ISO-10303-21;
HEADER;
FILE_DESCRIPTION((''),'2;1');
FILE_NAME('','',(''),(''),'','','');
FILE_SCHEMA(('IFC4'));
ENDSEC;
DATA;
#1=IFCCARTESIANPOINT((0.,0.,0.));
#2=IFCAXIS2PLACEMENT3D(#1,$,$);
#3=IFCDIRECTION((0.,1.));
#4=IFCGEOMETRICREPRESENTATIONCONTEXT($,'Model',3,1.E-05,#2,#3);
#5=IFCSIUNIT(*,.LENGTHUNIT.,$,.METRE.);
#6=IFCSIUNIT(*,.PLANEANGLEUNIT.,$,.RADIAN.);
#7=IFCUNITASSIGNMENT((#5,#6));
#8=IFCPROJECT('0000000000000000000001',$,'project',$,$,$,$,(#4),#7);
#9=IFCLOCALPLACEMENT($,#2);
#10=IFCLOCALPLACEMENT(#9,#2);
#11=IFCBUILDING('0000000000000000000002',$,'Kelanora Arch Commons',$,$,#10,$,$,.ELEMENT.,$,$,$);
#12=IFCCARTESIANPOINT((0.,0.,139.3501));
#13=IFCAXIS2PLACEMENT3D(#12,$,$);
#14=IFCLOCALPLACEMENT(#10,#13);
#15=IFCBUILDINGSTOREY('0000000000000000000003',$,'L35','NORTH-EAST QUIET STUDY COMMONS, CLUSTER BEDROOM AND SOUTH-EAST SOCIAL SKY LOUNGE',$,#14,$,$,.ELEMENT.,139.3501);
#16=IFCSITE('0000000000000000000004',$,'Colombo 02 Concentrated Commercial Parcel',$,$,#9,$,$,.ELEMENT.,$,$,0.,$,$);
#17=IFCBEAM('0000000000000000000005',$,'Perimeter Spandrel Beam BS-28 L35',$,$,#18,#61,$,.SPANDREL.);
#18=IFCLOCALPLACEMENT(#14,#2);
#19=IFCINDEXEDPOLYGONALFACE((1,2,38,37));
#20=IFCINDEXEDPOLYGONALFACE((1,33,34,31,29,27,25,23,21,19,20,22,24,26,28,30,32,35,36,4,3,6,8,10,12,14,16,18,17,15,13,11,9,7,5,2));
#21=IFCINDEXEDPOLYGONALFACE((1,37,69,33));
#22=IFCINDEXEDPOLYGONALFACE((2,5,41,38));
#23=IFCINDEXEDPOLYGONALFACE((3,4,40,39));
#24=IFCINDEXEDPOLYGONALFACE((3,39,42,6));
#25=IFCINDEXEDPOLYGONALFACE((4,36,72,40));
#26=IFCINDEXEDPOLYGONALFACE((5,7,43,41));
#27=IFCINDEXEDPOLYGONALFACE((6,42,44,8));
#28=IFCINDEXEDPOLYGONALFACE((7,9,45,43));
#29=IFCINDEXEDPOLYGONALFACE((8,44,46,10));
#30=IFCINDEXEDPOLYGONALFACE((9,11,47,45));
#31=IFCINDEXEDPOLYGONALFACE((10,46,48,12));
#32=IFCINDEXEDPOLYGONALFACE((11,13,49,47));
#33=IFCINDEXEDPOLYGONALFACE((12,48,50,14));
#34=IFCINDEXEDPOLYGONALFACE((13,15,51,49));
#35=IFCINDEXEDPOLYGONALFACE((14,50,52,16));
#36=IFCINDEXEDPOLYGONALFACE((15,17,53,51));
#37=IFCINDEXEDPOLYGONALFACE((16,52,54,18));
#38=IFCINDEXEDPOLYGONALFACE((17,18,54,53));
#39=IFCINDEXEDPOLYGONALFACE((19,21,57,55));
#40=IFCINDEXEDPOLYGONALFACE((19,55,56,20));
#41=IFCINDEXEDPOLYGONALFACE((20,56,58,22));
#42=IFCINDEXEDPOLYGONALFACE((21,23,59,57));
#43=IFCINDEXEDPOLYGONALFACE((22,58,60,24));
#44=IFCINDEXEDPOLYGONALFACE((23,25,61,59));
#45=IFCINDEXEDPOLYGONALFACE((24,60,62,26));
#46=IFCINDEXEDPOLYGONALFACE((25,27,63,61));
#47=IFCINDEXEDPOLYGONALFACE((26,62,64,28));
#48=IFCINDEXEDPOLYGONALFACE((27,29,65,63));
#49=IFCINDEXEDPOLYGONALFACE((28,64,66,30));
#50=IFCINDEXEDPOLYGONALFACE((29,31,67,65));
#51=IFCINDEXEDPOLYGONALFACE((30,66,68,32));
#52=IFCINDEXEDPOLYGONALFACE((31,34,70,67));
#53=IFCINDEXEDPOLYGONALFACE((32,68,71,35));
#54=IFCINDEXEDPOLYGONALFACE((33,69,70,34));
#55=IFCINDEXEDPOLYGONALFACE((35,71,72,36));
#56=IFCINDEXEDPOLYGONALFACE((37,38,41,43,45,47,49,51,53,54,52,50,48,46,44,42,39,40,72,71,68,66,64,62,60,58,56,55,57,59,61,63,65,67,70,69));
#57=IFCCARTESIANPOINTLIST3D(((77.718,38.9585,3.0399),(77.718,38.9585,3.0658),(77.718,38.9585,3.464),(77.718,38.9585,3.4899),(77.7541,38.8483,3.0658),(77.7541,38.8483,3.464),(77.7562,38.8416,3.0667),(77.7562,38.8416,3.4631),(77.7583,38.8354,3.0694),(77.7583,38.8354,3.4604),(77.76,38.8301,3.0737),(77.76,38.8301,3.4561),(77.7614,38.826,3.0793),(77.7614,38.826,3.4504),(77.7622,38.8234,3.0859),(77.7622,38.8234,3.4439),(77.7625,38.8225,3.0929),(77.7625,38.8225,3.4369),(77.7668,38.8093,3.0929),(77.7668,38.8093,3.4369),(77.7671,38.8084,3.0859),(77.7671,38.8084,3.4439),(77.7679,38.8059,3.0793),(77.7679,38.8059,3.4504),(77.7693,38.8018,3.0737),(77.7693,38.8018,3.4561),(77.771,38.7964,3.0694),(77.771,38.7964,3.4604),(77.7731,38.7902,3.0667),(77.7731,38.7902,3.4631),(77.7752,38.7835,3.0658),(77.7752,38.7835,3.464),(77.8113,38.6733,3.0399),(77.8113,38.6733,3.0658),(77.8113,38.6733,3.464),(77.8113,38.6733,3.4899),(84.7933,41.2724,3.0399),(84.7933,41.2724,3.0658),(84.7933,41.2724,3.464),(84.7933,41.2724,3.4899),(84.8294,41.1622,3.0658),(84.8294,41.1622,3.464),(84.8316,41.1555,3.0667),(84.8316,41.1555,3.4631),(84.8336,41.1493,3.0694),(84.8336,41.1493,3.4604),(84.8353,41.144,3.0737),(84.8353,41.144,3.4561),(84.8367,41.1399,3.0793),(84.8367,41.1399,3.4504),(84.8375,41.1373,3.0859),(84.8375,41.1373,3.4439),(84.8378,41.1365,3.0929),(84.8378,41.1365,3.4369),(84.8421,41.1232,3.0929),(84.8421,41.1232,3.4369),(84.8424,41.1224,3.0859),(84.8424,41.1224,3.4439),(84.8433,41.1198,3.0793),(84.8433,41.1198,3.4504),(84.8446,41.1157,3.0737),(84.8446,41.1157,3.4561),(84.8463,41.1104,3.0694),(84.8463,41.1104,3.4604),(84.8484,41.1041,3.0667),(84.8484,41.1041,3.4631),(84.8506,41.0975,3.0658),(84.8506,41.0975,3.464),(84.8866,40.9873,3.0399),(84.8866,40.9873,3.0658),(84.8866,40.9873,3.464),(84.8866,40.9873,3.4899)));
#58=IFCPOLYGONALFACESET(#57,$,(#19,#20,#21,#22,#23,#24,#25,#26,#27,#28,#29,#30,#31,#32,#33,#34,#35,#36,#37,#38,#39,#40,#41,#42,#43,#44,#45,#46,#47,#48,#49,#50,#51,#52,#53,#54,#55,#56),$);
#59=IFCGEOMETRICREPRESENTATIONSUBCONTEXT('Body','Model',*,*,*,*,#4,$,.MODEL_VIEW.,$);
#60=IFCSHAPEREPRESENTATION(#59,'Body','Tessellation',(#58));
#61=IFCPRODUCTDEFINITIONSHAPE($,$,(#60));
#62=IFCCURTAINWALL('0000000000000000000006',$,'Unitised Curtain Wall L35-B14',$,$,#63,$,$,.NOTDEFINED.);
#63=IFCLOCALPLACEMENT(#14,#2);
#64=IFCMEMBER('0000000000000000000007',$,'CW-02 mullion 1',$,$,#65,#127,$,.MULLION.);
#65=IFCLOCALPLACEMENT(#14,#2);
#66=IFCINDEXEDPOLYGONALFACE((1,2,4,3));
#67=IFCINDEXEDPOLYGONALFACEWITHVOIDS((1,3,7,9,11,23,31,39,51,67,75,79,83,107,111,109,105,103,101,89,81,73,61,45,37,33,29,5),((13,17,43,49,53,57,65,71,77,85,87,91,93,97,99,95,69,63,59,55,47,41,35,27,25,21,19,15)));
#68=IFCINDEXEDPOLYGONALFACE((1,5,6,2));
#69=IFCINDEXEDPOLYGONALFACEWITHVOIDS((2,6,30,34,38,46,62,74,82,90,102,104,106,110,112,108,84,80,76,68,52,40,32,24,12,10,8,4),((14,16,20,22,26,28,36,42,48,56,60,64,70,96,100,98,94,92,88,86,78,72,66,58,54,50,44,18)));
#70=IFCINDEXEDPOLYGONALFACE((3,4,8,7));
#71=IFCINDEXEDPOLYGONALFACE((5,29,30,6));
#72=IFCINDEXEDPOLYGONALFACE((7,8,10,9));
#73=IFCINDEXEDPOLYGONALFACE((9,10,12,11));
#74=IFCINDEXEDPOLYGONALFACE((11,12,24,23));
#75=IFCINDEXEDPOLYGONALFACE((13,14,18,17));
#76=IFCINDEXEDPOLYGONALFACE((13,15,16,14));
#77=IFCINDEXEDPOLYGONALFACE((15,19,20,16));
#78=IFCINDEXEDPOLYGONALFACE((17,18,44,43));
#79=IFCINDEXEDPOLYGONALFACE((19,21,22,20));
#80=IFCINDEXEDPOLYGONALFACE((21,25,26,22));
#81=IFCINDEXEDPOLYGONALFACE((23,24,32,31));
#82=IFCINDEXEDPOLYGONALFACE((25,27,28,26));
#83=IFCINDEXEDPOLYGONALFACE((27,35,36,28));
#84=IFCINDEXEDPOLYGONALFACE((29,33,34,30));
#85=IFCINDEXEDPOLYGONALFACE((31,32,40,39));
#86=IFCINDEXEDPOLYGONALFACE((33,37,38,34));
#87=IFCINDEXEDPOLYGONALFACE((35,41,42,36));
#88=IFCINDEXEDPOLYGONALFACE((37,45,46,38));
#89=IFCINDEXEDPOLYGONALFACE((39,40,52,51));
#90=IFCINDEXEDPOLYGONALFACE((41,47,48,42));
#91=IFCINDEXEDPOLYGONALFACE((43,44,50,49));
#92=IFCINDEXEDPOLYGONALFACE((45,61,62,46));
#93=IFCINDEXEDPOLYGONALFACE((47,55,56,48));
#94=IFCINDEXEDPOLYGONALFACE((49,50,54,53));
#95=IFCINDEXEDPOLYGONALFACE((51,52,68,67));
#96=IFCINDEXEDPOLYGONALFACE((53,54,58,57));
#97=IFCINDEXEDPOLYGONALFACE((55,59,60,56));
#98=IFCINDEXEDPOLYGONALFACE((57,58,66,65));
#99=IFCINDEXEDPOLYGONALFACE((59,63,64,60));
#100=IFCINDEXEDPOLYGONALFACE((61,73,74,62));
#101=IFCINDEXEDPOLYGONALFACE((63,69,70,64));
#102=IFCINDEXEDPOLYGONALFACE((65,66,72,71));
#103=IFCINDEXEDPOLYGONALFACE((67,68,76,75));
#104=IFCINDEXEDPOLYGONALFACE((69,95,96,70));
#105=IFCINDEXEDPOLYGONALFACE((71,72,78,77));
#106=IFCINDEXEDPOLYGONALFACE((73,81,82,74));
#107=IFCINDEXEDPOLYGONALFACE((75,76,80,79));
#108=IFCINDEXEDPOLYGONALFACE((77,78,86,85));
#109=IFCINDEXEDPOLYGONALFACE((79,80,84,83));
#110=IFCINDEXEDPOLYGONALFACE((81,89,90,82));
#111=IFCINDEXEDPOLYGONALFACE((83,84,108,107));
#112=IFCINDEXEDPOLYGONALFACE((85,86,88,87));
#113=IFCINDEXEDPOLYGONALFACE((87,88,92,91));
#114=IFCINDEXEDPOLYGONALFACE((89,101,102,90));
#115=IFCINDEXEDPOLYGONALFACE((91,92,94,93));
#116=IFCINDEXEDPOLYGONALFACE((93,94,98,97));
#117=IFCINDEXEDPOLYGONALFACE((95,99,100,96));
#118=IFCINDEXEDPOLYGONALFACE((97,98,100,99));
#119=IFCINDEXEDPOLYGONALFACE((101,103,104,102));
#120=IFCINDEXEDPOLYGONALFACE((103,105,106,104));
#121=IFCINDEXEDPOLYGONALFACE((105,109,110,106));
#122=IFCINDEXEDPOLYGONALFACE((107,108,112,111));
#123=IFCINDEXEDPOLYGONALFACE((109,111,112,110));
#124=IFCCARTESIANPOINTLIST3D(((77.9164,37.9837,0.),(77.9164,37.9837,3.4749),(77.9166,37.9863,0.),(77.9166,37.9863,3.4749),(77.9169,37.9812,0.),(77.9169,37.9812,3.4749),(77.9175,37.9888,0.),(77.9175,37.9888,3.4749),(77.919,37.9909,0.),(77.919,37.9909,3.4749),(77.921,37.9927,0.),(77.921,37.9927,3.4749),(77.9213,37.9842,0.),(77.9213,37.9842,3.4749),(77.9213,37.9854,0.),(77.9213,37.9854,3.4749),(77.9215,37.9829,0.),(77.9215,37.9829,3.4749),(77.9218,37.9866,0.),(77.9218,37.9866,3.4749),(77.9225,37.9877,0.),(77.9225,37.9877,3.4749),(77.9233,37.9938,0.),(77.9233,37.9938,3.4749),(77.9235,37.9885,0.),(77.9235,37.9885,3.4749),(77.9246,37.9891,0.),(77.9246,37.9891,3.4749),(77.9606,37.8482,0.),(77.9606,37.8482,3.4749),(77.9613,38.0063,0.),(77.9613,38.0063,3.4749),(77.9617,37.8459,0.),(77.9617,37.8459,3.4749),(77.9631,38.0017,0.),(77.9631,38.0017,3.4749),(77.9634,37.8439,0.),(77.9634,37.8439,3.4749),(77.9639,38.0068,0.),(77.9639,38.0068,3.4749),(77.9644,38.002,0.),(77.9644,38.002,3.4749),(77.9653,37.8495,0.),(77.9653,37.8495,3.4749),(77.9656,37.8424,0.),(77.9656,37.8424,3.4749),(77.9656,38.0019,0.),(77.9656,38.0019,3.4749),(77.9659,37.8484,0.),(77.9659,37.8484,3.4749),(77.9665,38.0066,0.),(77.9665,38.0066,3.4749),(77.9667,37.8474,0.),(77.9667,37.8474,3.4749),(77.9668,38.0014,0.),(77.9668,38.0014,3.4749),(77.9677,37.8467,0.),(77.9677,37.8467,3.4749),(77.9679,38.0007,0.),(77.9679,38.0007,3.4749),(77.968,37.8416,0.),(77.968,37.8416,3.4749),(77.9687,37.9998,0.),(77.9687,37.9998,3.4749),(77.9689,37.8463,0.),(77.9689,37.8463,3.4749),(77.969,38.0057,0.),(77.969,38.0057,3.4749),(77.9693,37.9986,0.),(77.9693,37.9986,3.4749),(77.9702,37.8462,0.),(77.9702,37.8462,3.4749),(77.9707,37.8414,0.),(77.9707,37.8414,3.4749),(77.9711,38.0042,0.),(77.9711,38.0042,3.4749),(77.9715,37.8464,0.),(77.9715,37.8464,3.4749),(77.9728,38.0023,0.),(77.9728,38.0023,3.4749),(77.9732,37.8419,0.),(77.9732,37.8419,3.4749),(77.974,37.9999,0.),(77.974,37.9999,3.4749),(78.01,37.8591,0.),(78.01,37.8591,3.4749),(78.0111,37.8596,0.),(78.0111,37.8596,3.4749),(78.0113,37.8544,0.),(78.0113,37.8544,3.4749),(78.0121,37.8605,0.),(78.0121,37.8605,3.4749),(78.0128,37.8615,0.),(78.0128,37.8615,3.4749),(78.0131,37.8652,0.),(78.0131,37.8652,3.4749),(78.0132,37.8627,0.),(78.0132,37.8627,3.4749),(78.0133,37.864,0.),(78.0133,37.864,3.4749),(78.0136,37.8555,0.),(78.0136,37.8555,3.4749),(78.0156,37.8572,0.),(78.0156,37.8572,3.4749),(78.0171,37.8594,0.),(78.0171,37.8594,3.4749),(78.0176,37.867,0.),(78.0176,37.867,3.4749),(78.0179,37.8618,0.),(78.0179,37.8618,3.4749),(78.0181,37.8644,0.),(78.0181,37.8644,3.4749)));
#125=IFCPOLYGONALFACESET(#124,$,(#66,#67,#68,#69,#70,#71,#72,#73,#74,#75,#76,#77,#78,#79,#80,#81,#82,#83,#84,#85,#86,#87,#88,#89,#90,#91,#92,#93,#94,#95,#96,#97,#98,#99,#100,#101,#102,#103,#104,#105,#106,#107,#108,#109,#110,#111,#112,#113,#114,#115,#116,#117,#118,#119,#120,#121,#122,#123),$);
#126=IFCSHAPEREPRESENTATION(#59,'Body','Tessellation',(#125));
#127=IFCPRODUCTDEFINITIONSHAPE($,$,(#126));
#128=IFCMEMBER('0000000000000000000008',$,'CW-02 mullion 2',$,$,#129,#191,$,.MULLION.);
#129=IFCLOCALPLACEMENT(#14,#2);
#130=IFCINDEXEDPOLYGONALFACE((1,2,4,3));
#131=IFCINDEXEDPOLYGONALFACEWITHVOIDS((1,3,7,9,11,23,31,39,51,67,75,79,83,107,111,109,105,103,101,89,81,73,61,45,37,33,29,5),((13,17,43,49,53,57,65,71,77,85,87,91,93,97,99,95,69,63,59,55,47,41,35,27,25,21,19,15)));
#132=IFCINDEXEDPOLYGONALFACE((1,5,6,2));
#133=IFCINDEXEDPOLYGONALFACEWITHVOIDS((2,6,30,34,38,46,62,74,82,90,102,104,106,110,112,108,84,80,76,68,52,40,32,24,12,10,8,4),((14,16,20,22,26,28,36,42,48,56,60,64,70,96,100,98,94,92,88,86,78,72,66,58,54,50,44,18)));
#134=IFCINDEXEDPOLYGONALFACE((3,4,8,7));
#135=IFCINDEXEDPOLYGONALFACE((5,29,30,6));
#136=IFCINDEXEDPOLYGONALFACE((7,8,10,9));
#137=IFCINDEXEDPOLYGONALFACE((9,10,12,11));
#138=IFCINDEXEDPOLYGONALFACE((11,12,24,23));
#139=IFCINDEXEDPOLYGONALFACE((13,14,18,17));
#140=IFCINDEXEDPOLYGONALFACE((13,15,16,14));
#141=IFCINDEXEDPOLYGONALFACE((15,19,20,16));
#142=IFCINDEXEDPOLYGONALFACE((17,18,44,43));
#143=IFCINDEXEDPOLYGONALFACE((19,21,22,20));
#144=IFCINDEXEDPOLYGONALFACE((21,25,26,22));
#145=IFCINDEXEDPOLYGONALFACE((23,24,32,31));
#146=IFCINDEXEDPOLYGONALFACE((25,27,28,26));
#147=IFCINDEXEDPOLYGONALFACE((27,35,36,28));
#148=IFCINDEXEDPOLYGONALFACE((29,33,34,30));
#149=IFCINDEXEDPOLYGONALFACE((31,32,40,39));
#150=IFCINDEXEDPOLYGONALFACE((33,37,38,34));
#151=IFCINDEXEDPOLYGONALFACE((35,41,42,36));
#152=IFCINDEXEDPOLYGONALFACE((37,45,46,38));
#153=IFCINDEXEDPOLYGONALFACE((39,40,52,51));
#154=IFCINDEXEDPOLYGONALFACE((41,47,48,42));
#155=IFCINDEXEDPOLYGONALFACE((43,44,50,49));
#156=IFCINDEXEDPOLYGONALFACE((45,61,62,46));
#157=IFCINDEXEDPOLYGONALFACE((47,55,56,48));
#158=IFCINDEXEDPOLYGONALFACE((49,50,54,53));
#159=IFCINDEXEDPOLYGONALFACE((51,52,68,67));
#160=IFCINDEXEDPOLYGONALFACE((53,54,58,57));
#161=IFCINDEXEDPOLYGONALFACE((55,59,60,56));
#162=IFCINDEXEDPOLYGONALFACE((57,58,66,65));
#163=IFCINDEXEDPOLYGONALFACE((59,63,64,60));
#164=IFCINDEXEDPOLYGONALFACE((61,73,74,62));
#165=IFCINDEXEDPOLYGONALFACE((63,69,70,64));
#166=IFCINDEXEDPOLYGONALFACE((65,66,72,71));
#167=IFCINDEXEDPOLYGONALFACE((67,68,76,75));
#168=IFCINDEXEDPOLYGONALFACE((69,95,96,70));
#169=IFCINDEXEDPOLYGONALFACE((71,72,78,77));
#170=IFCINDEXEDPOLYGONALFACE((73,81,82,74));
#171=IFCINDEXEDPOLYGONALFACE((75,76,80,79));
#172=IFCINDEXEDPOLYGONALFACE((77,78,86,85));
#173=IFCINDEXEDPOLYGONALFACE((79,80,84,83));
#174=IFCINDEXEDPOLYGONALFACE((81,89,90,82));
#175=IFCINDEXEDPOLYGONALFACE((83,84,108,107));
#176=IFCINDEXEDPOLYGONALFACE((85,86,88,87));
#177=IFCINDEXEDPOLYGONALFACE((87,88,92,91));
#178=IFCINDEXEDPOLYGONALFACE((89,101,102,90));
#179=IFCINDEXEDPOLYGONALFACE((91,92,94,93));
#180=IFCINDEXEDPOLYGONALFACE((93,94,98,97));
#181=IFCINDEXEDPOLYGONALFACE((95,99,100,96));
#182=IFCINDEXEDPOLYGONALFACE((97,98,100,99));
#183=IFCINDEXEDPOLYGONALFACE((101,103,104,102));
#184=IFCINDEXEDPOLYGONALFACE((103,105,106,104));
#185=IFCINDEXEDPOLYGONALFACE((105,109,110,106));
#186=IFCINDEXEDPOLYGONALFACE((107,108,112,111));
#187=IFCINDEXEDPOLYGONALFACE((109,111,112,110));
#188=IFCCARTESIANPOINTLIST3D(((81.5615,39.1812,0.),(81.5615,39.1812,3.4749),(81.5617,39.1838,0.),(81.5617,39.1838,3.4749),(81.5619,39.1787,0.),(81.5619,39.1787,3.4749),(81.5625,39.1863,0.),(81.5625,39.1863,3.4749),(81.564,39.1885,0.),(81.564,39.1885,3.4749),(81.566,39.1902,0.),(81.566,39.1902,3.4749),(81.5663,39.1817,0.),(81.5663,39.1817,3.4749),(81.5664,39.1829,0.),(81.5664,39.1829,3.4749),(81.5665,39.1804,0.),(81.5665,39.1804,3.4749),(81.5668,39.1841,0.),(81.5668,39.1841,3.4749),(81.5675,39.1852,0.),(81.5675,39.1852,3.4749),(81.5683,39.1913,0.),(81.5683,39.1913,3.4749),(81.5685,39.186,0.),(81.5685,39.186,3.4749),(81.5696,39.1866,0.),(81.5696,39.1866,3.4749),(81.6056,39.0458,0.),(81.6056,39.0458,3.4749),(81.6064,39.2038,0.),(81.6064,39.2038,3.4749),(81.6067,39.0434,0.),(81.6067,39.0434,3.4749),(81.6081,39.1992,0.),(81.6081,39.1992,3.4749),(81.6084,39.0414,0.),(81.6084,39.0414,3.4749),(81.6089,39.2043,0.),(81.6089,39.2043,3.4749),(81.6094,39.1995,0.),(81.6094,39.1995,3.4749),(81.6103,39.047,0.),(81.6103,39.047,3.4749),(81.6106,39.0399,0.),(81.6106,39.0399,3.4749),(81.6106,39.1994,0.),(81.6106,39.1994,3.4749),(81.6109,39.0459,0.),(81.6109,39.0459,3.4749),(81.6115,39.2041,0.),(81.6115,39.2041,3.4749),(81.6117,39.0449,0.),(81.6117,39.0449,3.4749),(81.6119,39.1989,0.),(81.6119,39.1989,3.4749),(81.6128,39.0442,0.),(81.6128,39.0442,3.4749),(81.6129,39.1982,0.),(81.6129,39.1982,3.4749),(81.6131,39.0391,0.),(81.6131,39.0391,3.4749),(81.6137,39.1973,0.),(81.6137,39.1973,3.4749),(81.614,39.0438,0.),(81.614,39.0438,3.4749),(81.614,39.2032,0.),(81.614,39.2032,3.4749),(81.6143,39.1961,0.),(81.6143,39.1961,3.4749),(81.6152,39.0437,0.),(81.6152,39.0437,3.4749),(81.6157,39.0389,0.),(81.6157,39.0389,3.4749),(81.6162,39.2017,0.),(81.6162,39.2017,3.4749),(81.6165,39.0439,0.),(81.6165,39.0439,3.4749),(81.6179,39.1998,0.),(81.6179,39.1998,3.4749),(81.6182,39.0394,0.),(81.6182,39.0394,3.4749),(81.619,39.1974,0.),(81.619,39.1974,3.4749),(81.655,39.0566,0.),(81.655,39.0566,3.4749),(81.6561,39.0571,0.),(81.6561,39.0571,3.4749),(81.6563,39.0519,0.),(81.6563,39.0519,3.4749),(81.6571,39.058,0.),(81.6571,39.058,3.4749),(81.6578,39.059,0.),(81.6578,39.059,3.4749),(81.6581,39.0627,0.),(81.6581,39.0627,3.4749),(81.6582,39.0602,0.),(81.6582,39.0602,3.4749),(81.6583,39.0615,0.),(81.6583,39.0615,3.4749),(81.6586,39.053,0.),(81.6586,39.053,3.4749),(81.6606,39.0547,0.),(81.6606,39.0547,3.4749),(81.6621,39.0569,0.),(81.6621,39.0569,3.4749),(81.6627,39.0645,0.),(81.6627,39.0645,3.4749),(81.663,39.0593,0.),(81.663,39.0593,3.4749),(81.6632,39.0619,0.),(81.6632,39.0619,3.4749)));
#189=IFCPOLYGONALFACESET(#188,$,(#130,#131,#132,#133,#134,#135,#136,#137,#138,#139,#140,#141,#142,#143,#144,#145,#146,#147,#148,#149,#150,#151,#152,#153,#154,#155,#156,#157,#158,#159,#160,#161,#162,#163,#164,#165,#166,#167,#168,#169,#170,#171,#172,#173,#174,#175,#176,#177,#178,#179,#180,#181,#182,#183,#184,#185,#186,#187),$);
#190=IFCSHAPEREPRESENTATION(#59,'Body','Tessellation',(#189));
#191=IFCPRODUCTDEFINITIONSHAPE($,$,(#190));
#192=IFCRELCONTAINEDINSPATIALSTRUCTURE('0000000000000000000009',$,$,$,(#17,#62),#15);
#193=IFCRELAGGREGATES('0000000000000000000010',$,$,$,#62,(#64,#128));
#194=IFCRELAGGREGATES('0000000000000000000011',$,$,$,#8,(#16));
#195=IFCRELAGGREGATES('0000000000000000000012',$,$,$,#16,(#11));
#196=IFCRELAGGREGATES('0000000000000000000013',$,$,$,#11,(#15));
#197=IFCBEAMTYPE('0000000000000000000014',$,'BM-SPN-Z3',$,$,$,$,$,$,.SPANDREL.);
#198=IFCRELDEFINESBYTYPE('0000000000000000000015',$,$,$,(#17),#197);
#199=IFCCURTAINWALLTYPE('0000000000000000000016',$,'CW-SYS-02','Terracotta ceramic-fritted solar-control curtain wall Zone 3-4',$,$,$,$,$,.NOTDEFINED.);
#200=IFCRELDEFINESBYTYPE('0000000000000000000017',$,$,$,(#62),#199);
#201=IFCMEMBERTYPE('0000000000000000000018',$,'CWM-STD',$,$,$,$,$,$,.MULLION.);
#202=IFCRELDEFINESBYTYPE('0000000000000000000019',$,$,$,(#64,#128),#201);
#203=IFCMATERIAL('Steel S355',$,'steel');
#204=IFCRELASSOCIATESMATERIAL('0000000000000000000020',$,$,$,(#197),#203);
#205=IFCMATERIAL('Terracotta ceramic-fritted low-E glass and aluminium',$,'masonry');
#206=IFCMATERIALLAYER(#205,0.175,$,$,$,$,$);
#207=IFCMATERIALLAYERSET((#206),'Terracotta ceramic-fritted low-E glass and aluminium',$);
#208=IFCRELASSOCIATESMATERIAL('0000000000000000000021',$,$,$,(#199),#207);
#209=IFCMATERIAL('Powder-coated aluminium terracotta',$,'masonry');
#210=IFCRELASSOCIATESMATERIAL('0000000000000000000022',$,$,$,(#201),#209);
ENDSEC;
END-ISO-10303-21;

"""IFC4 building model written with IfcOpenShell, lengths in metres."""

from ifc_helpers import new_model, si_unit, direction, frame, origin, origin_2d, place, context, subcontext, project, spatial, hollow_rectangle, i_section, extrude, material, layer, layer_set, material_profile, profile_set, type_object, element, aggregate, save


model = new_model("IFC4")

# Units and contexts
model_context = context("Model", 3, precision=1e-05, world=origin(), true_north=direction((0.0, 1.0)))
body_context = subcontext(model_context, "Body", "Model", "MODEL_VIEW")
ifc_project = project(units=[si_unit("LENGTHUNIT", "METRE"), si_unit("PLANEANGLEUNIT", "RADIAN")], contexts=[model_context])

# Site, building, storey
site_placement = place(None, origin())
site = spatial("IfcSite", under=ifc_project, at=site_placement, Name="Colombo 02 Concentrated Commercial Parcel", CompositionType="ELEMENT", RefElevation=0.0)
building_placement = place(site_placement, origin())
building = spatial("IfcBuilding", under=site, at=building_placement, Name="Kelanora Arch Commons", CompositionType="ELEMENT")
storey_placement = place(building_placement, frame((0.0, 0.0, 139.3501)))
storey = spatial("IfcBuildingStorey", under=building, at=storey_placement, Name="L35", Description="NORTH-EAST QUIET STUDY COMMONS, CLUSTER BEDROOM AND SOUTH-EAST SOCIAL SKY LOUNGE", CompositionType="ELEMENT", Elevation=139.3501)

# Beam
ifc_material_1 = material(Name="Steel S355", Category="steel")
ifc_material_profile_1 = material_profile(ifc_material_1, i_section(OverallWidth=0.3, OverallDepth=0.45, WebThickness=0.0139, FlangeThickness=0.0259, FilletRadius=0.0271, at=origin_2d()), Name="HEB450")
ifc_profile_set_1 = profile_set([ifc_material_profile_1], Name="Steel S355")
beam_type_1 = type_object("IfcBeamType", Name="BM-SPN-Z3", PredefinedType="SPANDREL", material=ifc_profile_set_1)
beam_1_placement = place(storey_placement, frame((77.7646, 38.8159, 3.2649), z_axis=(0.950462, 0.310841, 0.0), x_axis=(-0.310841, 0.950462, 0.0)))
element("IfcBeam", 1, at=beam_1_placement, inside=storey, type_object=beam_type_1, Name="Perimeter Spandrel Beam BS-28 L35", PredefinedType="SPANDREL", context=body_context, shape_type="SweptSolid", body=[
    extrude(i_section(OverallWidth=0.3, OverallDepth=0.45, WebThickness=0.0139, FlangeThickness=0.0259, FilletRadius=0.0271, at=origin_2d()), origin(), (0.0, 0.0, 1.0), 7.4441),
])

# Curtain wall, members
ifc_material_2 = material(Name="Terracotta ceramic-fritted low-E glass and aluminium", Category="masonry")
ifc_layer_1 = layer(ifc_material_2, 0.175)
ifc_layer_set_1 = layer_set([ifc_layer_1], Name="Terracotta ceramic-fritted low-E glass and aluminium")
curtain_wall_type = type_object("IfcCurtainWallType", Name="CW-SYS-02", Description="Terracotta ceramic-fritted solar-control curtain wall Zone 3-4", PredefinedType="NOTDEFINED", material=ifc_layer_set_1)
curtain_wall_placement = place(storey_placement, origin())
curtain_wall = element("IfcCurtainWall", 2, at=curtain_wall_placement, inside=storey, type_object=curtain_wall_type, Name="Unitised Curtain Wall L35-B14", PredefinedType="NOTDEFINED")
ifc_material_3 = material(Name="Powder-coated aluminium terracotta", Category="masonry")
ifc_material_profile_2 = material_profile(ifc_material_3, hollow_rectangle(XDim=0.1599, YDim=0.0601, WallThickness=0.0049, InnerFilletRadius=0.0049, OuterFilletRadius=0.01, at=origin_2d()), Name="CWM160x60")
ifc_profile_set_2 = profile_set([ifc_material_profile_2], Name="Powder-coated aluminium terracotta")
member_type_1 = type_object("IfcMemberType", Name="CWM-STD", PredefinedType="MULLION", material=ifc_profile_set_2)
member_1_placement = place(storey_placement, frame((77.9673, 37.9241, 0.0), z_axis=(0.0, 0.0, 1.0), x_axis=(-0.312128, 0.95004, 0.0)))
member_1 = element("IfcMember", 3, at=member_1_placement, type_object=member_type_1, Name="CW-02 mullion 1", PredefinedType="MULLION", context=body_context, shape_type="SweptSolid", body=[
    extrude(hollow_rectangle(XDim=0.1599, YDim=0.0601, WallThickness=0.0049, InnerFilletRadius=0.0049, OuterFilletRadius=0.01, at=origin_2d()), origin(), (0.0, 0.0, 1.0), 3.4749),
])
member_2_placement = place(storey_placement, frame((81.6123, 39.1216, 0.0), z_axis=(0.0, 0.0, 1.0), x_axis=(-0.312128, 0.95004, 0.0)))
member_2 = element("IfcMember", 4, at=member_2_placement, type_object=member_type_1, Name="CW-02 mullion 2", PredefinedType="MULLION", context=body_context, shape_type="SweptSolid", body=[
    extrude(hollow_rectangle(XDim=0.1599, YDim=0.0601, WallThickness=0.0049, InnerFilletRadius=0.0049, OuterFilletRadius=0.01, at=origin_2d()), origin(), (0.0, 0.0, 1.0), 3.4749),
])
aggregate(curtain_wall, [member_1, member_2])

save(model, "model.ifc")
